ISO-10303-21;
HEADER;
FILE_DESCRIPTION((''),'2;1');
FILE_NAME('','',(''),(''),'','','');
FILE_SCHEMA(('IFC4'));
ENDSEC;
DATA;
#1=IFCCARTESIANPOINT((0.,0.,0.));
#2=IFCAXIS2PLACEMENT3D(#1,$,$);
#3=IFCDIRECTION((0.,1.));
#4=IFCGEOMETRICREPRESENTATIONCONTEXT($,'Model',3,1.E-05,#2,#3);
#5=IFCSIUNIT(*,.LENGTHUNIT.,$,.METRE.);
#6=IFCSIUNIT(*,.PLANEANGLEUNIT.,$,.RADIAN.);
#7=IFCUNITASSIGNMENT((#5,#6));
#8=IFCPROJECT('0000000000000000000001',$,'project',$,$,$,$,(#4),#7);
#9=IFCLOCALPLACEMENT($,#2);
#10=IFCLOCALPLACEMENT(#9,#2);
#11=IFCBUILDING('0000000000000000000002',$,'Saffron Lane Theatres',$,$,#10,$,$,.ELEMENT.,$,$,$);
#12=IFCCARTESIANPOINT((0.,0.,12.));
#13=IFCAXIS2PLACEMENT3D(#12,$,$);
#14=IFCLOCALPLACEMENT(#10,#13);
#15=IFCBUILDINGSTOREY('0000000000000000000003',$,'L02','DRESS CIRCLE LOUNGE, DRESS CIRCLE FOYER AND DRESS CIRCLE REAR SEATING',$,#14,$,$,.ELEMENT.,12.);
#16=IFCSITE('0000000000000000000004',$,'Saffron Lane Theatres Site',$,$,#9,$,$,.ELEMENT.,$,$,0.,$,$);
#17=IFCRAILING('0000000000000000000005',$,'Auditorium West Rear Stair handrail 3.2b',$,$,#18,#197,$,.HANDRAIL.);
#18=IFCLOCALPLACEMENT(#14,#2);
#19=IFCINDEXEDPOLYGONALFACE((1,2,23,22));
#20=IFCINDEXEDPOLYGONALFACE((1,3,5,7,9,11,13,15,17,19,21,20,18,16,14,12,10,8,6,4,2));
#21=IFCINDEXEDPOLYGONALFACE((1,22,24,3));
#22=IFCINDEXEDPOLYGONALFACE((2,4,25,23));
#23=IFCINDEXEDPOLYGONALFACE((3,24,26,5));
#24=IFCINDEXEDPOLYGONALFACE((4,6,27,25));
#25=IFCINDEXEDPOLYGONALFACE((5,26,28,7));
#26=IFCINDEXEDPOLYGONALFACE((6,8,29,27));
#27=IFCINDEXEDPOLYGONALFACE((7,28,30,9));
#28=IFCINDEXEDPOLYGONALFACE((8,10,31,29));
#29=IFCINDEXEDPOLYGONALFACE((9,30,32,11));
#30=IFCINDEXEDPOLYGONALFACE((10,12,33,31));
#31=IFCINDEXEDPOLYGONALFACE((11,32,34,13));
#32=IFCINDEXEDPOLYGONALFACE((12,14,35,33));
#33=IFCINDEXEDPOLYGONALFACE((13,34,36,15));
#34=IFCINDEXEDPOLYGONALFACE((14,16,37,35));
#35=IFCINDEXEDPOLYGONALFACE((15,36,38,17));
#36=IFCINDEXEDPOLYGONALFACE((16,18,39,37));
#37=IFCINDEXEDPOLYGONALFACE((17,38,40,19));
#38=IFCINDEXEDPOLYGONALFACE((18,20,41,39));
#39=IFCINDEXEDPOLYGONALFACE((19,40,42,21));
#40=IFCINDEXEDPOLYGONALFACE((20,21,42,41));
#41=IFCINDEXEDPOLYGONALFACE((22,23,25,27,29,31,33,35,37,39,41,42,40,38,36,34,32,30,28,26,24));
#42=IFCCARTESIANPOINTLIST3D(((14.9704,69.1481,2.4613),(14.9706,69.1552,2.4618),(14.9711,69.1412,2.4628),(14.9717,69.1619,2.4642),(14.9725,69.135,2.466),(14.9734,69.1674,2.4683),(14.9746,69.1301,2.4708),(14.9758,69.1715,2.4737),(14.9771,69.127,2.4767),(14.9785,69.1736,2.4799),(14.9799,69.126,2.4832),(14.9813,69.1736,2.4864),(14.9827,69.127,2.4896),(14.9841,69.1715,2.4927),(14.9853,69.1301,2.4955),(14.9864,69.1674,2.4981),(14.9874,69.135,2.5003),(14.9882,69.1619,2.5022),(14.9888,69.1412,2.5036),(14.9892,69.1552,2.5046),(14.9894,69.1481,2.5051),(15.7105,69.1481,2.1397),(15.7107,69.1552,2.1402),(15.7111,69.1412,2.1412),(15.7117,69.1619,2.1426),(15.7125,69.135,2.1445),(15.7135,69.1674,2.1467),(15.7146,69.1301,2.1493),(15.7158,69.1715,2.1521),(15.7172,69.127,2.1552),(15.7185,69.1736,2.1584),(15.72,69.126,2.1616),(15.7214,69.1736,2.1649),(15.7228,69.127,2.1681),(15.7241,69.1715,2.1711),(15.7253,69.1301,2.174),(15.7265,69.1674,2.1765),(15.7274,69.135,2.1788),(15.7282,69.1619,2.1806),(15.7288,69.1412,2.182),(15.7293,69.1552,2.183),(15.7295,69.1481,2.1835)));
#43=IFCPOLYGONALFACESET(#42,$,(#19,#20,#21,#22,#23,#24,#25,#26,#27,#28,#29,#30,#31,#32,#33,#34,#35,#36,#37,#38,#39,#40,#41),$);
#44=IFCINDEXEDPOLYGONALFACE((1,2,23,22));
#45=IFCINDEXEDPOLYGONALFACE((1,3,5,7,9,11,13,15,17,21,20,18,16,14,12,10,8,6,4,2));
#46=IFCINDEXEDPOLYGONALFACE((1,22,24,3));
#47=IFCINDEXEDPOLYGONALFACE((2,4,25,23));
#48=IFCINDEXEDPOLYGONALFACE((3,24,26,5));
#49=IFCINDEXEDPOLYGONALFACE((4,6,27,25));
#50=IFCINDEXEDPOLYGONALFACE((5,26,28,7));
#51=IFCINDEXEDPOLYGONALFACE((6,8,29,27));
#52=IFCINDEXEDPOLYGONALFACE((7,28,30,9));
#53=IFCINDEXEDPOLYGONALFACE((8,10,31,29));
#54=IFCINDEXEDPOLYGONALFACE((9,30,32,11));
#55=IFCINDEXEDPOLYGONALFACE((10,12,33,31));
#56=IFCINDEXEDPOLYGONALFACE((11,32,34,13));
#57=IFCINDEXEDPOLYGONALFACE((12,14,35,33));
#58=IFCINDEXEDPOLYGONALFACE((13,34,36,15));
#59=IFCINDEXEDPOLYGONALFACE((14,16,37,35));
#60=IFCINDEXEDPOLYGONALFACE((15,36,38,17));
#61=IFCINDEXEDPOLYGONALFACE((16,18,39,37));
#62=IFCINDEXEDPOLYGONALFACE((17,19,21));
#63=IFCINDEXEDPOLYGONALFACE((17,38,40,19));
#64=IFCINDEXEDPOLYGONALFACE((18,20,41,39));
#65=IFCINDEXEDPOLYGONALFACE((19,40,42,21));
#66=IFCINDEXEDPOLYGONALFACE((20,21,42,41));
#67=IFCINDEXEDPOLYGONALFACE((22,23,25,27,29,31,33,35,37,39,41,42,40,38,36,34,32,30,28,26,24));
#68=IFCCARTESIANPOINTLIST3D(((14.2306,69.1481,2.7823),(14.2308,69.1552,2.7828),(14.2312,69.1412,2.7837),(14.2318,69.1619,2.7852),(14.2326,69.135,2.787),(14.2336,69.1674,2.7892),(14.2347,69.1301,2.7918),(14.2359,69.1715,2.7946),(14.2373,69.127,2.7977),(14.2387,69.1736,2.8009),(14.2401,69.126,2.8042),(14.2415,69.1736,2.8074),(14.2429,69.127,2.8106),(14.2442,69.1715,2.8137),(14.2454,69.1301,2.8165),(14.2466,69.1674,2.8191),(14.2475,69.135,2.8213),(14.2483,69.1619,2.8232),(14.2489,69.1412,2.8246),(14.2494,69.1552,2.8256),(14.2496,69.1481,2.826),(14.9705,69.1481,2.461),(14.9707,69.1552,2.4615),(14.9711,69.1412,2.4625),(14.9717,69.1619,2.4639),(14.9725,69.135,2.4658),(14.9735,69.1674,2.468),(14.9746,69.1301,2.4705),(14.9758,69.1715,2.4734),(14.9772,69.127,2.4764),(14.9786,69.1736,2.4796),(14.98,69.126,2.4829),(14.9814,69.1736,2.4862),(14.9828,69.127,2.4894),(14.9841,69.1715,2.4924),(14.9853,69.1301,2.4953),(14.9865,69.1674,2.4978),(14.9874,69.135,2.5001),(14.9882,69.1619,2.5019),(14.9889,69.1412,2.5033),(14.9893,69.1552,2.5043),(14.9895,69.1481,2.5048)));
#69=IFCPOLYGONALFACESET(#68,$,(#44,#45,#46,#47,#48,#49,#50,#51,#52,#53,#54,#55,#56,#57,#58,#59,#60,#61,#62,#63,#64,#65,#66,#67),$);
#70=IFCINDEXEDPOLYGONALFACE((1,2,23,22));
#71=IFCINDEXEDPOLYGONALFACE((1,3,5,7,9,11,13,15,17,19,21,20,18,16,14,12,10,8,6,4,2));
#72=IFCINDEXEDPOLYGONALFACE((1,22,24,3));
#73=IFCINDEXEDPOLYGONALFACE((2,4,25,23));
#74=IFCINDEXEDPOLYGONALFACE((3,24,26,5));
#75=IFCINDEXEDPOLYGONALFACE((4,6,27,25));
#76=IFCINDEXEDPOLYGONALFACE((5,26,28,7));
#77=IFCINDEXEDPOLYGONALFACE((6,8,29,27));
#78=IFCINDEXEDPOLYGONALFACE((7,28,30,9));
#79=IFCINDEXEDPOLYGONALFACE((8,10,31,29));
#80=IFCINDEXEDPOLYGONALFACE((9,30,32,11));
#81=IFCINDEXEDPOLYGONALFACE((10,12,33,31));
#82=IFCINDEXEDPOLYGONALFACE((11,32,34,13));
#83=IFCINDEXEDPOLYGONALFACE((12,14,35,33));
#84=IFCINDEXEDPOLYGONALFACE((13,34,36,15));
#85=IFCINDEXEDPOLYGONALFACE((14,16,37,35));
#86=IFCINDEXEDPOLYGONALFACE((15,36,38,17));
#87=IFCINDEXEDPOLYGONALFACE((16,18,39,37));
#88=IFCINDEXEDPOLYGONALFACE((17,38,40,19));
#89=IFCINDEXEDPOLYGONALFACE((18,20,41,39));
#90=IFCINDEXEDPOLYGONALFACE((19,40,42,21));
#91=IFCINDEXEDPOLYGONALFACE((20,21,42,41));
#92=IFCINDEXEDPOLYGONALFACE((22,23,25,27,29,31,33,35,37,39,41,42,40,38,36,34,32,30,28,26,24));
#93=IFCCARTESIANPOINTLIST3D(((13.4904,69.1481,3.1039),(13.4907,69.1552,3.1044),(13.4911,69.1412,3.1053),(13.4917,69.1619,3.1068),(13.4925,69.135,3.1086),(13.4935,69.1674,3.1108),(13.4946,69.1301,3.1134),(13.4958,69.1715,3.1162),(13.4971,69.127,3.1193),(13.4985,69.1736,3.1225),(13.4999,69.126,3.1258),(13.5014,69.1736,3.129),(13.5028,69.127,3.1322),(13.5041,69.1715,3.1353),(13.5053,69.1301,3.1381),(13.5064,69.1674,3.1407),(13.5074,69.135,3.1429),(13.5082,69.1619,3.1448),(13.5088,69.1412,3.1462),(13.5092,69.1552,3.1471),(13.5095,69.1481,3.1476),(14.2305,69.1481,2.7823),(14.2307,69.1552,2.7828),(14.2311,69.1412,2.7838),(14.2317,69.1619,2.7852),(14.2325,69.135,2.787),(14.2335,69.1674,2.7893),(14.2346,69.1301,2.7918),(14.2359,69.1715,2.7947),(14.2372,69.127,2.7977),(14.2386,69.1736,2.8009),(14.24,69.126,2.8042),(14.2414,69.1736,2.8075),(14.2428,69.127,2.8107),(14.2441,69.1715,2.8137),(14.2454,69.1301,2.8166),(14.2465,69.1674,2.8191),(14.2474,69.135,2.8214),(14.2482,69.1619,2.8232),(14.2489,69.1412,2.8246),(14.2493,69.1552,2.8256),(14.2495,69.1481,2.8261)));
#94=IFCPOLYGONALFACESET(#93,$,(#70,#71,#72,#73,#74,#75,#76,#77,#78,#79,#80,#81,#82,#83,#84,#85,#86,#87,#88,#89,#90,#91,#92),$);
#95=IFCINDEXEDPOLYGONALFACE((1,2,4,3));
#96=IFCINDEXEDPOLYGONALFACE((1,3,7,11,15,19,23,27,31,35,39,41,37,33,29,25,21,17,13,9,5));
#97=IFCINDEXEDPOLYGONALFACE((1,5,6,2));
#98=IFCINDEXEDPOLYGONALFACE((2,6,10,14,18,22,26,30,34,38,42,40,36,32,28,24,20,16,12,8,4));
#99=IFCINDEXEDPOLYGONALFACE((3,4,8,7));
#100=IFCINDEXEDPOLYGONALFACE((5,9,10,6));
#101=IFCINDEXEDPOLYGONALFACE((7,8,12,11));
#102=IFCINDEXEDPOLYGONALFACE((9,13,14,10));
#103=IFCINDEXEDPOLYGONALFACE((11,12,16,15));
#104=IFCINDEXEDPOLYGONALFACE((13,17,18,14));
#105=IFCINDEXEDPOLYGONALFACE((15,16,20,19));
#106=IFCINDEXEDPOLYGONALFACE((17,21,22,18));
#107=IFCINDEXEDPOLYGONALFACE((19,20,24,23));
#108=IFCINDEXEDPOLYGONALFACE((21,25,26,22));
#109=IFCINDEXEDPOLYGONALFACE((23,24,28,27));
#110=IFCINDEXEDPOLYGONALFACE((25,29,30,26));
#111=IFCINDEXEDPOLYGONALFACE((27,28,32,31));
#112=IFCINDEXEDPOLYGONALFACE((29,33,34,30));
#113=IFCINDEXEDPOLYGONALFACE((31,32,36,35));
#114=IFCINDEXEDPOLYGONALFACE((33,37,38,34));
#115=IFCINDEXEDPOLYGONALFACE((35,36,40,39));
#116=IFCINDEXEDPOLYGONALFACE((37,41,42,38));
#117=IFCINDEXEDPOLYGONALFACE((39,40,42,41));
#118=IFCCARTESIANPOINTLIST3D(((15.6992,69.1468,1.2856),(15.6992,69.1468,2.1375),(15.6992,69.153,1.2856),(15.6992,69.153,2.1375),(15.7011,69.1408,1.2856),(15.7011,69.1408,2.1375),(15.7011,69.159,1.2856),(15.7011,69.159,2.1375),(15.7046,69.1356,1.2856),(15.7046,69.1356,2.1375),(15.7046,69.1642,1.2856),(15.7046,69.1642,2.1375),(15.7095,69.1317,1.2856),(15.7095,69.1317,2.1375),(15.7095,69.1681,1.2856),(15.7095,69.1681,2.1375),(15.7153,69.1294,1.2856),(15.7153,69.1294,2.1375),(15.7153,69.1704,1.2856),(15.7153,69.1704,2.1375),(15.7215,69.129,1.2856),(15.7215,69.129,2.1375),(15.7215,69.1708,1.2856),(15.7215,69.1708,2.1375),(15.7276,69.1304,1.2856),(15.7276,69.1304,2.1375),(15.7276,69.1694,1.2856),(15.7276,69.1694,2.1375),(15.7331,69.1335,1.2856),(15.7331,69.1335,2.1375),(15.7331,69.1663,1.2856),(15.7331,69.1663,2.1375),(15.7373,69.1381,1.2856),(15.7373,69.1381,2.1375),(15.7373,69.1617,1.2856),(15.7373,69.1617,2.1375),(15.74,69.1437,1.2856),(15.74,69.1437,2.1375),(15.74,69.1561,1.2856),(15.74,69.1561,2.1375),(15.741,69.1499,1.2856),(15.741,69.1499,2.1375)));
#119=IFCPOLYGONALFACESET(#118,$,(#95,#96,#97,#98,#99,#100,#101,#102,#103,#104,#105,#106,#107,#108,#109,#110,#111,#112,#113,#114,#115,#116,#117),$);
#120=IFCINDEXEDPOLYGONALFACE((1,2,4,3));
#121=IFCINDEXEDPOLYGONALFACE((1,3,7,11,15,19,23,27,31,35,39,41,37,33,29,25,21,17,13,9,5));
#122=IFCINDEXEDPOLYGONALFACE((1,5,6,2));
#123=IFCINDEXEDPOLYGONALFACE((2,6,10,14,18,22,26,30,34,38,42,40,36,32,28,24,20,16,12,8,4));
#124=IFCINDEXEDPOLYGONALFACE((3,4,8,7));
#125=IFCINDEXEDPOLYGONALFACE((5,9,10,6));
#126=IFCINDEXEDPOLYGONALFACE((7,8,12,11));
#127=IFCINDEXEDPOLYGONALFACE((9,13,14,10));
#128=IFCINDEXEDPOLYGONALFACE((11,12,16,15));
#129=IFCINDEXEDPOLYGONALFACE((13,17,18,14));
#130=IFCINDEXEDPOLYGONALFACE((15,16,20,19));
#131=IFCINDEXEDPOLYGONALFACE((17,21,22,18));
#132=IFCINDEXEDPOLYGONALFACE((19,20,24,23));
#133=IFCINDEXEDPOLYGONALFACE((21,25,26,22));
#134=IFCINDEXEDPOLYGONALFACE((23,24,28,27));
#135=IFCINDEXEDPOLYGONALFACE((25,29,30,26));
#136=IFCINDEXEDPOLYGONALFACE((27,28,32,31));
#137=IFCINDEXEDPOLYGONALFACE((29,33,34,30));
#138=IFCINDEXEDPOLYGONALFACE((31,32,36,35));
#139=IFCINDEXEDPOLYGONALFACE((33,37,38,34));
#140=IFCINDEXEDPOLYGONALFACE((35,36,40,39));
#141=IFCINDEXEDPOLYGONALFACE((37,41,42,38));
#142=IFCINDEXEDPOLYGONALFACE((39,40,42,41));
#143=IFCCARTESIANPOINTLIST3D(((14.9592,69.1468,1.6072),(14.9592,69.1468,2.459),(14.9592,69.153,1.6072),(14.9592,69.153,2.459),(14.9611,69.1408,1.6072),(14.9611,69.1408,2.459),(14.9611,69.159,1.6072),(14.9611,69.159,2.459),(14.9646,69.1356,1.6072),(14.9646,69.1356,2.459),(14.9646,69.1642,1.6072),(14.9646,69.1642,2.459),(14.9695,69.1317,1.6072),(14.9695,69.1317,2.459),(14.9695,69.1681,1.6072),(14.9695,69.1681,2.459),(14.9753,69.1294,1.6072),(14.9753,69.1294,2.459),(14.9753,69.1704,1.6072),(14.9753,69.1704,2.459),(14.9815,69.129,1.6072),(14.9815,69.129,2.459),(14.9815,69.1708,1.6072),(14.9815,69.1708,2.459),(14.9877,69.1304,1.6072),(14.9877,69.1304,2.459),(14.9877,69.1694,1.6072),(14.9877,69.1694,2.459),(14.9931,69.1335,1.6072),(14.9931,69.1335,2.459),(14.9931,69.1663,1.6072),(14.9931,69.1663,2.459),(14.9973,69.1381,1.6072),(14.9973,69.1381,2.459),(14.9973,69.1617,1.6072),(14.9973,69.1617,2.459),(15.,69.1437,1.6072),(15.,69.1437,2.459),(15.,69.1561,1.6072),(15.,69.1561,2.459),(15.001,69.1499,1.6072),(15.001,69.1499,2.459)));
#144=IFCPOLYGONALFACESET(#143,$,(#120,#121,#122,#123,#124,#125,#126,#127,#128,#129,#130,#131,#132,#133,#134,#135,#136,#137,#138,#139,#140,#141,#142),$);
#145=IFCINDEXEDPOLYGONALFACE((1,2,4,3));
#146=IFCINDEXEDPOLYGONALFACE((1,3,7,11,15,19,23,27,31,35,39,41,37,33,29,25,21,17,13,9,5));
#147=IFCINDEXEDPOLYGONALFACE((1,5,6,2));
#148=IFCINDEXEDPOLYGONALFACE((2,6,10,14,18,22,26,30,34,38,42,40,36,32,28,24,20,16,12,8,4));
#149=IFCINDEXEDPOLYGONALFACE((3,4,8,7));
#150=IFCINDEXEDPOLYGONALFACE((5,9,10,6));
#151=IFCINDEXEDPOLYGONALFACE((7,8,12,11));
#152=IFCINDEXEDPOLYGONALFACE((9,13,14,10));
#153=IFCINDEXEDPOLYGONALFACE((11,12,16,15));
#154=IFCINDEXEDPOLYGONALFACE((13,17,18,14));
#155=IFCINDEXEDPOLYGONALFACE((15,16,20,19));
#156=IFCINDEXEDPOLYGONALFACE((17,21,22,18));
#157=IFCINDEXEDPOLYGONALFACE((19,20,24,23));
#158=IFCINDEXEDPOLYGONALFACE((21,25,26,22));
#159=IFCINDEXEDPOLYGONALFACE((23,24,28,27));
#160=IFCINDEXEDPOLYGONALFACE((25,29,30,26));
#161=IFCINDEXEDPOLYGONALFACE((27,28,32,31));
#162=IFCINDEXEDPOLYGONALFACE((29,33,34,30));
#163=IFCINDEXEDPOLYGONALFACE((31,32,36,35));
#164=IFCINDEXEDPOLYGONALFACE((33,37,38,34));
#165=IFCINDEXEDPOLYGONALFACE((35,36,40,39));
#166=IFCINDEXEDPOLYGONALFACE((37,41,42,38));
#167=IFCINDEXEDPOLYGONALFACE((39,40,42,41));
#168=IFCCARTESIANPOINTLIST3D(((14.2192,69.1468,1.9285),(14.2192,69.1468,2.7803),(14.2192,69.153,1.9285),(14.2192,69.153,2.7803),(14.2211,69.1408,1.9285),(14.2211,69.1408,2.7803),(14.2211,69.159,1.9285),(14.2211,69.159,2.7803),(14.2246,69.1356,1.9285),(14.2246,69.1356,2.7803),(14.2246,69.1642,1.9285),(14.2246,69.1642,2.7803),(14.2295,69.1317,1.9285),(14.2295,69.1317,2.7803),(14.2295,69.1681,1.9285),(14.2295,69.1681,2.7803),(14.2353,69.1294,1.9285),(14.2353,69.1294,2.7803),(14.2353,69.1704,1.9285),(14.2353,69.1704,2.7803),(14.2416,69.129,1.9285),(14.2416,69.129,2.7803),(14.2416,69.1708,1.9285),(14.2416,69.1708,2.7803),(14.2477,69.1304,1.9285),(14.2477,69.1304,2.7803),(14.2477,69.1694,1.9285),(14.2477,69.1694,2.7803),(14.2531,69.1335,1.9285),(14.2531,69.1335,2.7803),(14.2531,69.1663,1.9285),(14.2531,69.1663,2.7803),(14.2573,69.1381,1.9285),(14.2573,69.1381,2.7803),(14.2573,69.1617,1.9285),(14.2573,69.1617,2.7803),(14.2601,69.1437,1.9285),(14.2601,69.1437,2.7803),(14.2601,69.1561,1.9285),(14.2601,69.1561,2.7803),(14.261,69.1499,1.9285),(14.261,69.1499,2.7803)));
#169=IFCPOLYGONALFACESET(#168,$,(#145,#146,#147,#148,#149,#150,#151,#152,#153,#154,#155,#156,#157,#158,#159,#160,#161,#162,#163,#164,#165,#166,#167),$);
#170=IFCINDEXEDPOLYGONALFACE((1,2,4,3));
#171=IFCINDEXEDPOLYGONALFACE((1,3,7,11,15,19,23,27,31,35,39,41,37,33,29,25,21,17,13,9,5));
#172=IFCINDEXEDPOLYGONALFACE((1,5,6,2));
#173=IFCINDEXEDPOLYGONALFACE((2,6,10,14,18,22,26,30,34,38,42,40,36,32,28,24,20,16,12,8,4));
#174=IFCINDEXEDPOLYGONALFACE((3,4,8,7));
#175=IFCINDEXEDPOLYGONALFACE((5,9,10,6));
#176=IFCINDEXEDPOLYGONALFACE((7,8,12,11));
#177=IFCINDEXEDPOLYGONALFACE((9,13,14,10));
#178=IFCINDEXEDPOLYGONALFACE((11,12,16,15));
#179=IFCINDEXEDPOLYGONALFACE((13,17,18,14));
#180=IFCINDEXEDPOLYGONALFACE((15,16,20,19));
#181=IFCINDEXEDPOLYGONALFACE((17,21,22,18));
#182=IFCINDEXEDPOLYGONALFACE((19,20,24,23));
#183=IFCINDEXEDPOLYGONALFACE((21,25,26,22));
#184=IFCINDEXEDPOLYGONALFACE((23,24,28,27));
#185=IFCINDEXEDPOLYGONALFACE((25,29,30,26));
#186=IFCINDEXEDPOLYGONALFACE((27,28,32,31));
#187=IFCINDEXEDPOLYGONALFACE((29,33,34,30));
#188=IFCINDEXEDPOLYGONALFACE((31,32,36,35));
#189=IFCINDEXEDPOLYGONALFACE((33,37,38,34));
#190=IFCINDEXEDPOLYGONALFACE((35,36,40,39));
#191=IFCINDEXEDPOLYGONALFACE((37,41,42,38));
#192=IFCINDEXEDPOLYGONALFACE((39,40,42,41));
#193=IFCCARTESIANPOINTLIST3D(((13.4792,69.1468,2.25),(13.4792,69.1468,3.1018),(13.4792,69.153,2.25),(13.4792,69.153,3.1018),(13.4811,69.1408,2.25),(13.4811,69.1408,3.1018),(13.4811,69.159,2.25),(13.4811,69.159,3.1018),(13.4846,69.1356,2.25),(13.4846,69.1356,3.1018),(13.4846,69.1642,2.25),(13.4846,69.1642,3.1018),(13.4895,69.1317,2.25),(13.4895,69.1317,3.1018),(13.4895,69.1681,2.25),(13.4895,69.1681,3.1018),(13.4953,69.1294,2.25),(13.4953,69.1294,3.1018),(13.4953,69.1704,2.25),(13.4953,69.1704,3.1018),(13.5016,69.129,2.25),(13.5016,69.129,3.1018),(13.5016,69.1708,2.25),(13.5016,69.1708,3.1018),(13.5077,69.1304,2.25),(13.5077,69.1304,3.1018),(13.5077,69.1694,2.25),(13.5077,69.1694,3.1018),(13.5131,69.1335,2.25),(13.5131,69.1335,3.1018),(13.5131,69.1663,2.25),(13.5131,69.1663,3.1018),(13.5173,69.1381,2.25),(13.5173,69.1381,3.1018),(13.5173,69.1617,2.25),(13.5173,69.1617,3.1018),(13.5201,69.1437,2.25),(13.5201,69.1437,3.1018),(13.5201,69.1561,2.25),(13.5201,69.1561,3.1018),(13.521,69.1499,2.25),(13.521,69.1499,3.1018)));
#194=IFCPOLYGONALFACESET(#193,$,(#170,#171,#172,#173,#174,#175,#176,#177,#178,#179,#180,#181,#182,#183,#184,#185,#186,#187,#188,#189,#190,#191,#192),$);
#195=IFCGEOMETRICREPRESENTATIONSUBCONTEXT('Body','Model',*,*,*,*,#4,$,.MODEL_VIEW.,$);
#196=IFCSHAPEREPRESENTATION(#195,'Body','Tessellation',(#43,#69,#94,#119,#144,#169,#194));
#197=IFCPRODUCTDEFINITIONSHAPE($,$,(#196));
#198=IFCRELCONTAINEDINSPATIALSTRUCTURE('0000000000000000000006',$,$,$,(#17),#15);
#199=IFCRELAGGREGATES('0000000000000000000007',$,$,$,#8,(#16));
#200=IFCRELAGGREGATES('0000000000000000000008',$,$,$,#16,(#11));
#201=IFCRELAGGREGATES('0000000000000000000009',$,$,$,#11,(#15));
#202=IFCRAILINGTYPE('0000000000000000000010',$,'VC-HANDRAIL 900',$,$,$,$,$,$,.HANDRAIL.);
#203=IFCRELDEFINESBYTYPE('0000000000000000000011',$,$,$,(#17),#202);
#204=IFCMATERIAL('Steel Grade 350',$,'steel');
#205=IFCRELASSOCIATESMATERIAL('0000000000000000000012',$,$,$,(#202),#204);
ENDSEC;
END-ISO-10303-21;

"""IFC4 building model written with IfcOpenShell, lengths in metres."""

from ifc_helpers import new_model, si_unit, direction, frame, origin, origin_2d, place, context, subcontext, project, spatial, circle, extrude, material, type_object, element, save


model = new_model("IFC4")

# Units and contexts
model_context = context("Model", 3, precision=1e-05, world=origin(), true_north=direction((0.0, 1.0)))
body_context = subcontext(model_context, "Body", "Model", "MODEL_VIEW")
ifc_project = project(units=[si_unit("LENGTHUNIT", "METRE"), si_unit("PLANEANGLEUNIT", "RADIAN")], contexts=[model_context])

# Site, building, storey
site_placement = place(None, origin())
site = spatial("IfcSite", under=ifc_project, at=site_placement, Name="Saffron Lane Theatres Site", CompositionType="ELEMENT", RefElevation=0.0)
building_placement = place(site_placement, origin())
building = spatial("IfcBuilding", under=site, at=building_placement, Name="Saffron Lane Theatres", CompositionType="ELEMENT")
storey_placement = place(building_placement, frame((0.0, 0.0, 12.0)))
storey = spatial("IfcBuildingStorey", under=building, at=storey_placement, Name="L02", Description="DRESS CIRCLE LOUNGE, DRESS CIRCLE FOYER AND DRESS CIRCLE REAR SEATING", CompositionType="ELEMENT", Elevation=12.0)

# Railing
ifc_material_1 = material(Name="Steel Grade 350", Category="steel")
railing_type_1 = type_object("IfcRailingType", Name="VC-HANDRAIL 900", PredefinedType="HANDRAIL", material=ifc_material_1)
railing_1_placement = place(storey_placement, frame((15.72, 69.1499, 1.2856)))
element("IfcRailing", 1, at=railing_1_placement, inside=storey, type_object=railing_type_1, Name="Auditorium West Rear Stair handrail 3.2b", PredefinedType="HANDRAIL", context=body_context, shape_type="SweptSolid", body=[
    extrude(circle(Radius=0.0239, at=origin_2d()), frame((0.0, 0.0, 0.876), z_axis=(-0.917161, 0.0, 0.398516), x_axis=(0.0, -1.0, 0.0)), (0.0, 0.0, 1.0), 0.8069),
    extrude(circle(Radius=0.0239, at=origin_2d()), frame((-0.74, 0.0, 1.1973), z_axis=(-0.917272, 0.0, 0.398261), x_axis=(0.0, -1.0, 0.0)), (0.0, 0.0, 1.0), 0.8066),
    extrude(circle(Radius=0.0239, at=origin_2d()), frame((-1.48, 0.0, 1.5186), z_axis=(-0.917161, 0.0, 0.398516), x_axis=(0.0, -1.0, 0.0)), (0.0, 0.0, 1.0), 0.8069),
    extrude(circle(Radius=0.021, at=origin_2d()), origin(), (0.0, 0.0, 1.0), 0.8518),
    extrude(circle(Radius=0.021, at=origin_2d()), frame((-0.74, 0.0, 0.3215)), (0.0, 0.0, 1.0), 0.8518),
    extrude(circle(Radius=0.021, at=origin_2d()), frame((-1.48, 0.0, 0.6428)), (0.0, 0.0, 1.0), 0.8518),
    extrude(circle(Radius=0.021, at=origin_2d()), frame((-2.22, 0.0, 0.9644)), (0.0, 0.0, 1.0), 0.8518),
])

save(model, "model.ifc")
